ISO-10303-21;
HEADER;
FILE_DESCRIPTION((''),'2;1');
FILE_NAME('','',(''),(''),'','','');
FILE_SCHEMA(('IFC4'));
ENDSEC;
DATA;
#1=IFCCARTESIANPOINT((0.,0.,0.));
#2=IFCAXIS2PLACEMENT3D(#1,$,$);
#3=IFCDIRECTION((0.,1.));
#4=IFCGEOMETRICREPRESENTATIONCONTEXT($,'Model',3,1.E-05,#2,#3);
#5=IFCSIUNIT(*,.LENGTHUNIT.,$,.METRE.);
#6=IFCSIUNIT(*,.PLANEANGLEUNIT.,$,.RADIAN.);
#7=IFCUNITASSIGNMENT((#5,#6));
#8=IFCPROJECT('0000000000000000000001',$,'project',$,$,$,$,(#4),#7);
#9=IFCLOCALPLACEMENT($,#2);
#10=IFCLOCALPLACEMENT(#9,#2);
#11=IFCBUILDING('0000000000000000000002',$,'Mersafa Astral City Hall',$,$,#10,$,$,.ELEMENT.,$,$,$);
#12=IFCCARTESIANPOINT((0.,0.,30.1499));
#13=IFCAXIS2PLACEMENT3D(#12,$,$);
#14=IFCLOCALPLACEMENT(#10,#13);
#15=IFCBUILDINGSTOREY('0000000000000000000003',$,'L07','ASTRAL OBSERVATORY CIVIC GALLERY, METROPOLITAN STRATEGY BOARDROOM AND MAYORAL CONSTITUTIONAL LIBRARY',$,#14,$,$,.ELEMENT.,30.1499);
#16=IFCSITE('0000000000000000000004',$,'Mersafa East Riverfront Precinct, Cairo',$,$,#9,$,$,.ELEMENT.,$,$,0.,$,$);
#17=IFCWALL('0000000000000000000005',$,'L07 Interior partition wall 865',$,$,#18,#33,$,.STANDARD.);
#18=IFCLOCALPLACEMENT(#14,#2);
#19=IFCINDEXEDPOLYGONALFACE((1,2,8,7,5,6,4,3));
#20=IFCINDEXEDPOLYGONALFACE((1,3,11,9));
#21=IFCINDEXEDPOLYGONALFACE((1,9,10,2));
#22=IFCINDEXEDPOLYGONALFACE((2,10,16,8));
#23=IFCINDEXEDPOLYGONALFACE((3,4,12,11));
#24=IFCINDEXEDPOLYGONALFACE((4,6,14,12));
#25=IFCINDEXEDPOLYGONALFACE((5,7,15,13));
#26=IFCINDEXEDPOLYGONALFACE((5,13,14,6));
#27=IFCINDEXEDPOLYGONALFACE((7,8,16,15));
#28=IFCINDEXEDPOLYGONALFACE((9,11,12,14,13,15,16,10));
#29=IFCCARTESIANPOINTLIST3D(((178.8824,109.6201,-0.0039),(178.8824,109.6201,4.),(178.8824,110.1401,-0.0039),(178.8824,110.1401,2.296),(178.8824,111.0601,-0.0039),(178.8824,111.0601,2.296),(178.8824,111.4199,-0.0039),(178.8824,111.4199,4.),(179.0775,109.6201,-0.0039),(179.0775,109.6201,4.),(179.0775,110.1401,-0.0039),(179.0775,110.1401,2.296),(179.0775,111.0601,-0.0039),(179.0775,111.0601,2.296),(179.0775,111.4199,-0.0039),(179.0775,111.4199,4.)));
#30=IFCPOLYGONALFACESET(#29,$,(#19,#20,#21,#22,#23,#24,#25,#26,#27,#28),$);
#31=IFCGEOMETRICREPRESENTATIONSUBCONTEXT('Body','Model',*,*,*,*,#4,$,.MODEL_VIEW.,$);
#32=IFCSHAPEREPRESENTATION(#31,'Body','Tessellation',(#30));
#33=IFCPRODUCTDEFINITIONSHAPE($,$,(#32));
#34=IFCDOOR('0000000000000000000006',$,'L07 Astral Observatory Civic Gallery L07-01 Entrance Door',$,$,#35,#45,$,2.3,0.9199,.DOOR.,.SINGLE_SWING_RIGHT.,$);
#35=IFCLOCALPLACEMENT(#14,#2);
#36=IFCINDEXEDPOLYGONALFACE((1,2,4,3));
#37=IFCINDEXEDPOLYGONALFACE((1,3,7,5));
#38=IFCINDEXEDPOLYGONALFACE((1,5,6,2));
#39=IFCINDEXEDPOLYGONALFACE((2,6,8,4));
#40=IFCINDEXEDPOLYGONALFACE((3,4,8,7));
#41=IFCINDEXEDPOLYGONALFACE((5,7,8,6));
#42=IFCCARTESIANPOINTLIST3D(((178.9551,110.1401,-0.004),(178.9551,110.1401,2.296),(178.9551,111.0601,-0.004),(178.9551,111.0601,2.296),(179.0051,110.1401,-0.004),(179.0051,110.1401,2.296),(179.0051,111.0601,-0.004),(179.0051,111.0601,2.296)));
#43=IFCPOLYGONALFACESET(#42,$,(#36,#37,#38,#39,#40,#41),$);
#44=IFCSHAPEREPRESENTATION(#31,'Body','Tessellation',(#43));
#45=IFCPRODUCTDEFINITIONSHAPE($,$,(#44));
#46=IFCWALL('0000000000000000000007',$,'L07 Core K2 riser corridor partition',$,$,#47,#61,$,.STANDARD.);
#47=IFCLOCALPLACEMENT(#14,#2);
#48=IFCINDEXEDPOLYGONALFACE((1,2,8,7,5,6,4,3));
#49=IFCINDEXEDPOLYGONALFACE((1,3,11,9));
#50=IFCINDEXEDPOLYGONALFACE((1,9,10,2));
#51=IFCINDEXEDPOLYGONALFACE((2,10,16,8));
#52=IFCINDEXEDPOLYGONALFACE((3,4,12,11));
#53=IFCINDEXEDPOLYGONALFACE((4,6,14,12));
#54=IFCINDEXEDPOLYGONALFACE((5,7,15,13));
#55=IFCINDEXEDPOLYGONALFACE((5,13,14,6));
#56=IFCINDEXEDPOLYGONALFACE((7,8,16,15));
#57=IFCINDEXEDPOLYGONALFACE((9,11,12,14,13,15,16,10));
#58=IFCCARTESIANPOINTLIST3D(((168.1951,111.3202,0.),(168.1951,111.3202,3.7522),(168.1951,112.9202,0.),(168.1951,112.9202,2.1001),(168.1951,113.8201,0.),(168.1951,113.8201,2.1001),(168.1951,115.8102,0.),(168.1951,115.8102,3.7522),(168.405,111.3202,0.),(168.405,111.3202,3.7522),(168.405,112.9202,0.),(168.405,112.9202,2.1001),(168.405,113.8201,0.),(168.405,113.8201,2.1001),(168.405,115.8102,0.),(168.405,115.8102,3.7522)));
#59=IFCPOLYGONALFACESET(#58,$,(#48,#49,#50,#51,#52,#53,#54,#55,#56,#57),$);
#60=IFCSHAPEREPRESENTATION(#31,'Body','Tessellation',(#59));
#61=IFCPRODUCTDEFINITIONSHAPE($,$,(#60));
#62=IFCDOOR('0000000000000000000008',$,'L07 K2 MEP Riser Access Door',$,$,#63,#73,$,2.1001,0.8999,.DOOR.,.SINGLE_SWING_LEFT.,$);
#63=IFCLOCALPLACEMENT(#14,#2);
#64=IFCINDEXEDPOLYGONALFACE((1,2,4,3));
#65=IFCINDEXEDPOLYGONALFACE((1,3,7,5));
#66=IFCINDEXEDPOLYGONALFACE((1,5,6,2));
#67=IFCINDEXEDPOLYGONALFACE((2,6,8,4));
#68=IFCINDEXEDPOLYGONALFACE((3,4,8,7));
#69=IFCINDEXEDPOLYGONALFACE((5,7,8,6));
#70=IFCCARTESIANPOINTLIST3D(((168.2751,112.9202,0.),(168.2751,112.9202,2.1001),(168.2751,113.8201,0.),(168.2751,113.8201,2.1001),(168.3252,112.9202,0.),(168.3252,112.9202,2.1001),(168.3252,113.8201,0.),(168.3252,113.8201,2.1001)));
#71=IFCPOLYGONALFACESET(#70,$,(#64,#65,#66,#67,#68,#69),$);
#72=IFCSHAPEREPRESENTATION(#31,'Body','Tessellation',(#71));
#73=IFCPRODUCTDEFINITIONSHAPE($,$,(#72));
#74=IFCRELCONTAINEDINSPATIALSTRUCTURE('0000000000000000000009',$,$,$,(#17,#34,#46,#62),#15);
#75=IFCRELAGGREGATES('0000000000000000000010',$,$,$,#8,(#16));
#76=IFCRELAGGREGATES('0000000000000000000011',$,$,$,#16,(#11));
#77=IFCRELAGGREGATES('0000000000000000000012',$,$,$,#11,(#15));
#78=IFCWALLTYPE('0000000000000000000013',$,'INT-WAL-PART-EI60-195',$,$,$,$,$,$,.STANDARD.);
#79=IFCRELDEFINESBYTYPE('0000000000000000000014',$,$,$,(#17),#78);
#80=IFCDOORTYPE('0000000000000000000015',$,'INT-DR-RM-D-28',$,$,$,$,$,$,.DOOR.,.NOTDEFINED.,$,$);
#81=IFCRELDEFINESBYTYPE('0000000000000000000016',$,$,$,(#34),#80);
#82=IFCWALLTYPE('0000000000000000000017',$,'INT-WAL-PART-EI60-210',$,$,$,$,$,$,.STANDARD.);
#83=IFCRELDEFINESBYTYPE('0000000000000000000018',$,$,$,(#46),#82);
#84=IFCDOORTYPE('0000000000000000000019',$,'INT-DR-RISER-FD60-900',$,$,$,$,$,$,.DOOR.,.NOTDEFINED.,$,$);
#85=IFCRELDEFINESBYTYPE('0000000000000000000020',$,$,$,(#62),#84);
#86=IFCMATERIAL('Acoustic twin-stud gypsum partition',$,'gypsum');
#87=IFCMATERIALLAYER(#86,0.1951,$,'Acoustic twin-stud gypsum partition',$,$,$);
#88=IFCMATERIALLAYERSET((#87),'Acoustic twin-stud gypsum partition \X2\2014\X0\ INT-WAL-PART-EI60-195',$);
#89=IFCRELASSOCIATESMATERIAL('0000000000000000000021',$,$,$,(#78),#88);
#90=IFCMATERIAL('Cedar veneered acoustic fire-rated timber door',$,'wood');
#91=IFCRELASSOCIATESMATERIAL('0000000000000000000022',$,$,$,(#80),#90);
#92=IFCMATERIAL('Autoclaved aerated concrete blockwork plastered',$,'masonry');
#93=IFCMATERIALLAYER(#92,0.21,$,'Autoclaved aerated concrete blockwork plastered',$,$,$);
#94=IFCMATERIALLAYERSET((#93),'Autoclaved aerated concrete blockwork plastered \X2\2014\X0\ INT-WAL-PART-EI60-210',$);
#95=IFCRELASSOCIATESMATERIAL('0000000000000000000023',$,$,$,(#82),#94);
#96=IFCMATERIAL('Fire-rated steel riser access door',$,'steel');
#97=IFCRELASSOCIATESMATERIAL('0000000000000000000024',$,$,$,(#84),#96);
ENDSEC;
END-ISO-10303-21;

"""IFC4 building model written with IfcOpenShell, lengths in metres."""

from ifc_helpers import new_model, si_unit, direction, frame, frame_2d, origin, place, context, subcontext, project, spatial, rectangle, extrude, material, layer, layer_set, type_object, element, fill, save


model = new_model("IFC4")

# Units and contexts
model_context = context("Model", 3, precision=1e-05, world=origin(), true_north=direction((0.0, 1.0)))
body_context = subcontext(model_context, "Body", "Model", "MODEL_VIEW")
ifc_project = project(units=[si_unit("LENGTHUNIT", "METRE"), si_unit("PLANEANGLEUNIT", "RADIAN")], contexts=[model_context])

# Site, building, storey
site_placement = place(None, origin())
site = spatial("IfcSite", under=ifc_project, at=site_placement, Name="Mersafa East Riverfront Precinct, Cairo", CompositionType="ELEMENT", RefElevation=0.0)
building_placement = place(site_placement, origin())
building = spatial("IfcBuilding", under=site, at=building_placement, Name="Mersafa Astral City Hall", CompositionType="ELEMENT")
storey_placement = place(building_placement, frame((0.0, 0.0, 30.1499)))
storey = spatial("IfcBuildingStorey", under=building, at=storey_placement, Name="L07", Description="ASTRAL OBSERVATORY CIVIC GALLERY, METROPOLITAN STRATEGY BOARDROOM AND MAYORAL CONSTITUTIONAL LIBRARY", CompositionType="ELEMENT", Elevation=30.1499)

# Shared definitions
ifc_material_1 = material(Name="Acoustic twin-stud gypsum partition", Category="gypsum")

# Walls, openings, doors
ifc_layer_1 = layer(ifc_material_1, 0.1951, Name="Acoustic twin-stud gypsum partition")
ifc_layer_set_1 = layer_set([ifc_layer_1], Name="Acoustic twin-stud gypsum partition — INT-WAL-PART-EI60-195")
wall_type_1 = type_object("IfcWallType", Name="INT-WAL-PART-EI60-195", PredefinedType="STANDARD", material=ifc_layer_set_1)
wall_1_placement = place(storey_placement, frame((178.98, 109.6201, -0.0039), z_axis=(0.0, 0.0, 1.0), x_axis=(0.0, 1.0, 0.0)))
wall_1 = element("IfcWall", 1, at=wall_1_placement, inside=storey, type_object=wall_type_1, Name="L07 Interior partition wall 865", PredefinedType="STANDARD", context=body_context, shape_type="SweptSolid", body=[
    extrude(rectangle(XDim=1.7998, YDim=0.1951, at=frame_2d((0.8999, 0.0))), origin(), (0.0, 0.0, 1.0), 4.0039),
])
opening_1_placement = place(wall_1_placement, frame((0.52, 0.0, 0.0)))
opening_1 = element("IfcOpeningElement", 2, at=opening_1_placement, cuts=wall_1, PredefinedType="OPENING", context=body_context, shape_type="SweptSolid", body=[
    extrude(rectangle(XDim=0.9199, YDim=2.3, at=frame_2d((0.46, 1.1499))), frame((0.0, 0.1074, 0.0), z_axis=(0.0, -1.0, 0.0), x_axis=(1.0, 0.0, 0.0)), (0.0, 0.0, 1.0), 0.2151),
])
ifc_material_2 = material(Name="Cedar veneered acoustic fire-rated timber door", Category="wood")
door_type_1 = type_object("IfcDoorType", Name="INT-DR-RM-D-28", OperationType="NOTDEFINED", PredefinedType="DOOR", material=ifc_material_2)
door_1_placement = place(opening_1_placement, origin())
door_1 = element("IfcDoor", 3, at=door_1_placement, inside=storey, type_object=door_type_1, Name="L07 Astral Observatory Civic Gallery L07-01 Entrance Door", OperationType="SINGLE_SWING_RIGHT", OverallHeight=2.3, OverallWidth=0.9199, PredefinedType="DOOR", context=body_context, shape_type="SweptSolid", body=[
    extrude(rectangle(XDim=0.9199, YDim=2.3, at=frame_2d((0.46, 1.1499))), frame((0.0, 0.0249, 0.0), z_axis=(0.0, -1.0, 0.0), x_axis=(1.0, 0.0, 0.0)), (0.0, 0.0, 1.0), 0.05),
])
fill(opening_1, door_1)
ifc_material_3 = material(Name="Autoclaved aerated concrete blockwork plastered", Category="masonry")
ifc_layer_2 = layer(ifc_material_3, 0.21, Name="Autoclaved aerated concrete blockwork plastered")
ifc_layer_set_2 = layer_set([ifc_layer_2], Name="Autoclaved aerated concrete blockwork plastered — INT-WAL-PART-EI60-210")
wall_type_2 = type_object("IfcWallType", Name="INT-WAL-PART-EI60-210", PredefinedType="STANDARD", material=ifc_layer_set_2)
wall_2_placement = place(storey_placement, frame((168.3, 111.3201, 0.0), z_axis=(0.0, 0.0, 1.0), x_axis=(0.0, 1.0, 0.0)))
wall_2 = element("IfcWall", 4, at=wall_2_placement, inside=storey, type_object=wall_type_2, Name="L07 Core K2 riser corridor partition", PredefinedType="STANDARD", context=body_context, shape_type="SweptSolid", body=[
    extrude(rectangle(XDim=4.49, YDim=0.21, at=frame_2d((2.2451, 0.0))), origin(), (0.0, 0.0, 1.0), 3.7522),
])
opening_2_placement = place(wall_2_placement, frame((1.6001, 0.0, 0.0)))
opening_2 = element("IfcOpeningElement", 5, at=opening_2_placement, cuts=wall_2, PredefinedType="OPENING", context=body_context, shape_type="SweptSolid", body=[
    extrude(rectangle(XDim=0.8999, YDim=2.1001, at=frame_2d((0.45, 1.05))), frame((0.0, 0.115, 0.0), z_axis=(0.0, -1.0, 0.0), x_axis=(1.0, 0.0, 0.0)), (0.0, 0.0, 1.0), 0.23),
])
ifc_material_4 = material(Name="Fire-rated steel riser access door", Category="steel")
door_type_2 = type_object("IfcDoorType", Name="INT-DR-RISER-FD60-900", OperationType="NOTDEFINED", PredefinedType="DOOR", material=ifc_material_4)
door_2_placement = place(opening_2_placement, origin())
door_2 = element("IfcDoor", 6, at=door_2_placement, inside=storey, type_object=door_type_2, Name="L07 K2 MEP Riser Access Door", OperationType="SINGLE_SWING_LEFT", OverallHeight=2.1001, OverallWidth=0.8999, PredefinedType="DOOR", context=body_context, shape_type="SweptSolid", body=[
    extrude(rectangle(XDim=0.8999, YDim=2.1001, at=frame_2d((0.45, 1.05))), frame((0.0, 0.0249, 0.0), z_axis=(0.0, -1.0, 0.0), x_axis=(1.0, 0.0, 0.0)), (0.0, 0.0, 1.0), 0.05),
])
fill(opening_2, door_2)

save(model, "model.ifc")
